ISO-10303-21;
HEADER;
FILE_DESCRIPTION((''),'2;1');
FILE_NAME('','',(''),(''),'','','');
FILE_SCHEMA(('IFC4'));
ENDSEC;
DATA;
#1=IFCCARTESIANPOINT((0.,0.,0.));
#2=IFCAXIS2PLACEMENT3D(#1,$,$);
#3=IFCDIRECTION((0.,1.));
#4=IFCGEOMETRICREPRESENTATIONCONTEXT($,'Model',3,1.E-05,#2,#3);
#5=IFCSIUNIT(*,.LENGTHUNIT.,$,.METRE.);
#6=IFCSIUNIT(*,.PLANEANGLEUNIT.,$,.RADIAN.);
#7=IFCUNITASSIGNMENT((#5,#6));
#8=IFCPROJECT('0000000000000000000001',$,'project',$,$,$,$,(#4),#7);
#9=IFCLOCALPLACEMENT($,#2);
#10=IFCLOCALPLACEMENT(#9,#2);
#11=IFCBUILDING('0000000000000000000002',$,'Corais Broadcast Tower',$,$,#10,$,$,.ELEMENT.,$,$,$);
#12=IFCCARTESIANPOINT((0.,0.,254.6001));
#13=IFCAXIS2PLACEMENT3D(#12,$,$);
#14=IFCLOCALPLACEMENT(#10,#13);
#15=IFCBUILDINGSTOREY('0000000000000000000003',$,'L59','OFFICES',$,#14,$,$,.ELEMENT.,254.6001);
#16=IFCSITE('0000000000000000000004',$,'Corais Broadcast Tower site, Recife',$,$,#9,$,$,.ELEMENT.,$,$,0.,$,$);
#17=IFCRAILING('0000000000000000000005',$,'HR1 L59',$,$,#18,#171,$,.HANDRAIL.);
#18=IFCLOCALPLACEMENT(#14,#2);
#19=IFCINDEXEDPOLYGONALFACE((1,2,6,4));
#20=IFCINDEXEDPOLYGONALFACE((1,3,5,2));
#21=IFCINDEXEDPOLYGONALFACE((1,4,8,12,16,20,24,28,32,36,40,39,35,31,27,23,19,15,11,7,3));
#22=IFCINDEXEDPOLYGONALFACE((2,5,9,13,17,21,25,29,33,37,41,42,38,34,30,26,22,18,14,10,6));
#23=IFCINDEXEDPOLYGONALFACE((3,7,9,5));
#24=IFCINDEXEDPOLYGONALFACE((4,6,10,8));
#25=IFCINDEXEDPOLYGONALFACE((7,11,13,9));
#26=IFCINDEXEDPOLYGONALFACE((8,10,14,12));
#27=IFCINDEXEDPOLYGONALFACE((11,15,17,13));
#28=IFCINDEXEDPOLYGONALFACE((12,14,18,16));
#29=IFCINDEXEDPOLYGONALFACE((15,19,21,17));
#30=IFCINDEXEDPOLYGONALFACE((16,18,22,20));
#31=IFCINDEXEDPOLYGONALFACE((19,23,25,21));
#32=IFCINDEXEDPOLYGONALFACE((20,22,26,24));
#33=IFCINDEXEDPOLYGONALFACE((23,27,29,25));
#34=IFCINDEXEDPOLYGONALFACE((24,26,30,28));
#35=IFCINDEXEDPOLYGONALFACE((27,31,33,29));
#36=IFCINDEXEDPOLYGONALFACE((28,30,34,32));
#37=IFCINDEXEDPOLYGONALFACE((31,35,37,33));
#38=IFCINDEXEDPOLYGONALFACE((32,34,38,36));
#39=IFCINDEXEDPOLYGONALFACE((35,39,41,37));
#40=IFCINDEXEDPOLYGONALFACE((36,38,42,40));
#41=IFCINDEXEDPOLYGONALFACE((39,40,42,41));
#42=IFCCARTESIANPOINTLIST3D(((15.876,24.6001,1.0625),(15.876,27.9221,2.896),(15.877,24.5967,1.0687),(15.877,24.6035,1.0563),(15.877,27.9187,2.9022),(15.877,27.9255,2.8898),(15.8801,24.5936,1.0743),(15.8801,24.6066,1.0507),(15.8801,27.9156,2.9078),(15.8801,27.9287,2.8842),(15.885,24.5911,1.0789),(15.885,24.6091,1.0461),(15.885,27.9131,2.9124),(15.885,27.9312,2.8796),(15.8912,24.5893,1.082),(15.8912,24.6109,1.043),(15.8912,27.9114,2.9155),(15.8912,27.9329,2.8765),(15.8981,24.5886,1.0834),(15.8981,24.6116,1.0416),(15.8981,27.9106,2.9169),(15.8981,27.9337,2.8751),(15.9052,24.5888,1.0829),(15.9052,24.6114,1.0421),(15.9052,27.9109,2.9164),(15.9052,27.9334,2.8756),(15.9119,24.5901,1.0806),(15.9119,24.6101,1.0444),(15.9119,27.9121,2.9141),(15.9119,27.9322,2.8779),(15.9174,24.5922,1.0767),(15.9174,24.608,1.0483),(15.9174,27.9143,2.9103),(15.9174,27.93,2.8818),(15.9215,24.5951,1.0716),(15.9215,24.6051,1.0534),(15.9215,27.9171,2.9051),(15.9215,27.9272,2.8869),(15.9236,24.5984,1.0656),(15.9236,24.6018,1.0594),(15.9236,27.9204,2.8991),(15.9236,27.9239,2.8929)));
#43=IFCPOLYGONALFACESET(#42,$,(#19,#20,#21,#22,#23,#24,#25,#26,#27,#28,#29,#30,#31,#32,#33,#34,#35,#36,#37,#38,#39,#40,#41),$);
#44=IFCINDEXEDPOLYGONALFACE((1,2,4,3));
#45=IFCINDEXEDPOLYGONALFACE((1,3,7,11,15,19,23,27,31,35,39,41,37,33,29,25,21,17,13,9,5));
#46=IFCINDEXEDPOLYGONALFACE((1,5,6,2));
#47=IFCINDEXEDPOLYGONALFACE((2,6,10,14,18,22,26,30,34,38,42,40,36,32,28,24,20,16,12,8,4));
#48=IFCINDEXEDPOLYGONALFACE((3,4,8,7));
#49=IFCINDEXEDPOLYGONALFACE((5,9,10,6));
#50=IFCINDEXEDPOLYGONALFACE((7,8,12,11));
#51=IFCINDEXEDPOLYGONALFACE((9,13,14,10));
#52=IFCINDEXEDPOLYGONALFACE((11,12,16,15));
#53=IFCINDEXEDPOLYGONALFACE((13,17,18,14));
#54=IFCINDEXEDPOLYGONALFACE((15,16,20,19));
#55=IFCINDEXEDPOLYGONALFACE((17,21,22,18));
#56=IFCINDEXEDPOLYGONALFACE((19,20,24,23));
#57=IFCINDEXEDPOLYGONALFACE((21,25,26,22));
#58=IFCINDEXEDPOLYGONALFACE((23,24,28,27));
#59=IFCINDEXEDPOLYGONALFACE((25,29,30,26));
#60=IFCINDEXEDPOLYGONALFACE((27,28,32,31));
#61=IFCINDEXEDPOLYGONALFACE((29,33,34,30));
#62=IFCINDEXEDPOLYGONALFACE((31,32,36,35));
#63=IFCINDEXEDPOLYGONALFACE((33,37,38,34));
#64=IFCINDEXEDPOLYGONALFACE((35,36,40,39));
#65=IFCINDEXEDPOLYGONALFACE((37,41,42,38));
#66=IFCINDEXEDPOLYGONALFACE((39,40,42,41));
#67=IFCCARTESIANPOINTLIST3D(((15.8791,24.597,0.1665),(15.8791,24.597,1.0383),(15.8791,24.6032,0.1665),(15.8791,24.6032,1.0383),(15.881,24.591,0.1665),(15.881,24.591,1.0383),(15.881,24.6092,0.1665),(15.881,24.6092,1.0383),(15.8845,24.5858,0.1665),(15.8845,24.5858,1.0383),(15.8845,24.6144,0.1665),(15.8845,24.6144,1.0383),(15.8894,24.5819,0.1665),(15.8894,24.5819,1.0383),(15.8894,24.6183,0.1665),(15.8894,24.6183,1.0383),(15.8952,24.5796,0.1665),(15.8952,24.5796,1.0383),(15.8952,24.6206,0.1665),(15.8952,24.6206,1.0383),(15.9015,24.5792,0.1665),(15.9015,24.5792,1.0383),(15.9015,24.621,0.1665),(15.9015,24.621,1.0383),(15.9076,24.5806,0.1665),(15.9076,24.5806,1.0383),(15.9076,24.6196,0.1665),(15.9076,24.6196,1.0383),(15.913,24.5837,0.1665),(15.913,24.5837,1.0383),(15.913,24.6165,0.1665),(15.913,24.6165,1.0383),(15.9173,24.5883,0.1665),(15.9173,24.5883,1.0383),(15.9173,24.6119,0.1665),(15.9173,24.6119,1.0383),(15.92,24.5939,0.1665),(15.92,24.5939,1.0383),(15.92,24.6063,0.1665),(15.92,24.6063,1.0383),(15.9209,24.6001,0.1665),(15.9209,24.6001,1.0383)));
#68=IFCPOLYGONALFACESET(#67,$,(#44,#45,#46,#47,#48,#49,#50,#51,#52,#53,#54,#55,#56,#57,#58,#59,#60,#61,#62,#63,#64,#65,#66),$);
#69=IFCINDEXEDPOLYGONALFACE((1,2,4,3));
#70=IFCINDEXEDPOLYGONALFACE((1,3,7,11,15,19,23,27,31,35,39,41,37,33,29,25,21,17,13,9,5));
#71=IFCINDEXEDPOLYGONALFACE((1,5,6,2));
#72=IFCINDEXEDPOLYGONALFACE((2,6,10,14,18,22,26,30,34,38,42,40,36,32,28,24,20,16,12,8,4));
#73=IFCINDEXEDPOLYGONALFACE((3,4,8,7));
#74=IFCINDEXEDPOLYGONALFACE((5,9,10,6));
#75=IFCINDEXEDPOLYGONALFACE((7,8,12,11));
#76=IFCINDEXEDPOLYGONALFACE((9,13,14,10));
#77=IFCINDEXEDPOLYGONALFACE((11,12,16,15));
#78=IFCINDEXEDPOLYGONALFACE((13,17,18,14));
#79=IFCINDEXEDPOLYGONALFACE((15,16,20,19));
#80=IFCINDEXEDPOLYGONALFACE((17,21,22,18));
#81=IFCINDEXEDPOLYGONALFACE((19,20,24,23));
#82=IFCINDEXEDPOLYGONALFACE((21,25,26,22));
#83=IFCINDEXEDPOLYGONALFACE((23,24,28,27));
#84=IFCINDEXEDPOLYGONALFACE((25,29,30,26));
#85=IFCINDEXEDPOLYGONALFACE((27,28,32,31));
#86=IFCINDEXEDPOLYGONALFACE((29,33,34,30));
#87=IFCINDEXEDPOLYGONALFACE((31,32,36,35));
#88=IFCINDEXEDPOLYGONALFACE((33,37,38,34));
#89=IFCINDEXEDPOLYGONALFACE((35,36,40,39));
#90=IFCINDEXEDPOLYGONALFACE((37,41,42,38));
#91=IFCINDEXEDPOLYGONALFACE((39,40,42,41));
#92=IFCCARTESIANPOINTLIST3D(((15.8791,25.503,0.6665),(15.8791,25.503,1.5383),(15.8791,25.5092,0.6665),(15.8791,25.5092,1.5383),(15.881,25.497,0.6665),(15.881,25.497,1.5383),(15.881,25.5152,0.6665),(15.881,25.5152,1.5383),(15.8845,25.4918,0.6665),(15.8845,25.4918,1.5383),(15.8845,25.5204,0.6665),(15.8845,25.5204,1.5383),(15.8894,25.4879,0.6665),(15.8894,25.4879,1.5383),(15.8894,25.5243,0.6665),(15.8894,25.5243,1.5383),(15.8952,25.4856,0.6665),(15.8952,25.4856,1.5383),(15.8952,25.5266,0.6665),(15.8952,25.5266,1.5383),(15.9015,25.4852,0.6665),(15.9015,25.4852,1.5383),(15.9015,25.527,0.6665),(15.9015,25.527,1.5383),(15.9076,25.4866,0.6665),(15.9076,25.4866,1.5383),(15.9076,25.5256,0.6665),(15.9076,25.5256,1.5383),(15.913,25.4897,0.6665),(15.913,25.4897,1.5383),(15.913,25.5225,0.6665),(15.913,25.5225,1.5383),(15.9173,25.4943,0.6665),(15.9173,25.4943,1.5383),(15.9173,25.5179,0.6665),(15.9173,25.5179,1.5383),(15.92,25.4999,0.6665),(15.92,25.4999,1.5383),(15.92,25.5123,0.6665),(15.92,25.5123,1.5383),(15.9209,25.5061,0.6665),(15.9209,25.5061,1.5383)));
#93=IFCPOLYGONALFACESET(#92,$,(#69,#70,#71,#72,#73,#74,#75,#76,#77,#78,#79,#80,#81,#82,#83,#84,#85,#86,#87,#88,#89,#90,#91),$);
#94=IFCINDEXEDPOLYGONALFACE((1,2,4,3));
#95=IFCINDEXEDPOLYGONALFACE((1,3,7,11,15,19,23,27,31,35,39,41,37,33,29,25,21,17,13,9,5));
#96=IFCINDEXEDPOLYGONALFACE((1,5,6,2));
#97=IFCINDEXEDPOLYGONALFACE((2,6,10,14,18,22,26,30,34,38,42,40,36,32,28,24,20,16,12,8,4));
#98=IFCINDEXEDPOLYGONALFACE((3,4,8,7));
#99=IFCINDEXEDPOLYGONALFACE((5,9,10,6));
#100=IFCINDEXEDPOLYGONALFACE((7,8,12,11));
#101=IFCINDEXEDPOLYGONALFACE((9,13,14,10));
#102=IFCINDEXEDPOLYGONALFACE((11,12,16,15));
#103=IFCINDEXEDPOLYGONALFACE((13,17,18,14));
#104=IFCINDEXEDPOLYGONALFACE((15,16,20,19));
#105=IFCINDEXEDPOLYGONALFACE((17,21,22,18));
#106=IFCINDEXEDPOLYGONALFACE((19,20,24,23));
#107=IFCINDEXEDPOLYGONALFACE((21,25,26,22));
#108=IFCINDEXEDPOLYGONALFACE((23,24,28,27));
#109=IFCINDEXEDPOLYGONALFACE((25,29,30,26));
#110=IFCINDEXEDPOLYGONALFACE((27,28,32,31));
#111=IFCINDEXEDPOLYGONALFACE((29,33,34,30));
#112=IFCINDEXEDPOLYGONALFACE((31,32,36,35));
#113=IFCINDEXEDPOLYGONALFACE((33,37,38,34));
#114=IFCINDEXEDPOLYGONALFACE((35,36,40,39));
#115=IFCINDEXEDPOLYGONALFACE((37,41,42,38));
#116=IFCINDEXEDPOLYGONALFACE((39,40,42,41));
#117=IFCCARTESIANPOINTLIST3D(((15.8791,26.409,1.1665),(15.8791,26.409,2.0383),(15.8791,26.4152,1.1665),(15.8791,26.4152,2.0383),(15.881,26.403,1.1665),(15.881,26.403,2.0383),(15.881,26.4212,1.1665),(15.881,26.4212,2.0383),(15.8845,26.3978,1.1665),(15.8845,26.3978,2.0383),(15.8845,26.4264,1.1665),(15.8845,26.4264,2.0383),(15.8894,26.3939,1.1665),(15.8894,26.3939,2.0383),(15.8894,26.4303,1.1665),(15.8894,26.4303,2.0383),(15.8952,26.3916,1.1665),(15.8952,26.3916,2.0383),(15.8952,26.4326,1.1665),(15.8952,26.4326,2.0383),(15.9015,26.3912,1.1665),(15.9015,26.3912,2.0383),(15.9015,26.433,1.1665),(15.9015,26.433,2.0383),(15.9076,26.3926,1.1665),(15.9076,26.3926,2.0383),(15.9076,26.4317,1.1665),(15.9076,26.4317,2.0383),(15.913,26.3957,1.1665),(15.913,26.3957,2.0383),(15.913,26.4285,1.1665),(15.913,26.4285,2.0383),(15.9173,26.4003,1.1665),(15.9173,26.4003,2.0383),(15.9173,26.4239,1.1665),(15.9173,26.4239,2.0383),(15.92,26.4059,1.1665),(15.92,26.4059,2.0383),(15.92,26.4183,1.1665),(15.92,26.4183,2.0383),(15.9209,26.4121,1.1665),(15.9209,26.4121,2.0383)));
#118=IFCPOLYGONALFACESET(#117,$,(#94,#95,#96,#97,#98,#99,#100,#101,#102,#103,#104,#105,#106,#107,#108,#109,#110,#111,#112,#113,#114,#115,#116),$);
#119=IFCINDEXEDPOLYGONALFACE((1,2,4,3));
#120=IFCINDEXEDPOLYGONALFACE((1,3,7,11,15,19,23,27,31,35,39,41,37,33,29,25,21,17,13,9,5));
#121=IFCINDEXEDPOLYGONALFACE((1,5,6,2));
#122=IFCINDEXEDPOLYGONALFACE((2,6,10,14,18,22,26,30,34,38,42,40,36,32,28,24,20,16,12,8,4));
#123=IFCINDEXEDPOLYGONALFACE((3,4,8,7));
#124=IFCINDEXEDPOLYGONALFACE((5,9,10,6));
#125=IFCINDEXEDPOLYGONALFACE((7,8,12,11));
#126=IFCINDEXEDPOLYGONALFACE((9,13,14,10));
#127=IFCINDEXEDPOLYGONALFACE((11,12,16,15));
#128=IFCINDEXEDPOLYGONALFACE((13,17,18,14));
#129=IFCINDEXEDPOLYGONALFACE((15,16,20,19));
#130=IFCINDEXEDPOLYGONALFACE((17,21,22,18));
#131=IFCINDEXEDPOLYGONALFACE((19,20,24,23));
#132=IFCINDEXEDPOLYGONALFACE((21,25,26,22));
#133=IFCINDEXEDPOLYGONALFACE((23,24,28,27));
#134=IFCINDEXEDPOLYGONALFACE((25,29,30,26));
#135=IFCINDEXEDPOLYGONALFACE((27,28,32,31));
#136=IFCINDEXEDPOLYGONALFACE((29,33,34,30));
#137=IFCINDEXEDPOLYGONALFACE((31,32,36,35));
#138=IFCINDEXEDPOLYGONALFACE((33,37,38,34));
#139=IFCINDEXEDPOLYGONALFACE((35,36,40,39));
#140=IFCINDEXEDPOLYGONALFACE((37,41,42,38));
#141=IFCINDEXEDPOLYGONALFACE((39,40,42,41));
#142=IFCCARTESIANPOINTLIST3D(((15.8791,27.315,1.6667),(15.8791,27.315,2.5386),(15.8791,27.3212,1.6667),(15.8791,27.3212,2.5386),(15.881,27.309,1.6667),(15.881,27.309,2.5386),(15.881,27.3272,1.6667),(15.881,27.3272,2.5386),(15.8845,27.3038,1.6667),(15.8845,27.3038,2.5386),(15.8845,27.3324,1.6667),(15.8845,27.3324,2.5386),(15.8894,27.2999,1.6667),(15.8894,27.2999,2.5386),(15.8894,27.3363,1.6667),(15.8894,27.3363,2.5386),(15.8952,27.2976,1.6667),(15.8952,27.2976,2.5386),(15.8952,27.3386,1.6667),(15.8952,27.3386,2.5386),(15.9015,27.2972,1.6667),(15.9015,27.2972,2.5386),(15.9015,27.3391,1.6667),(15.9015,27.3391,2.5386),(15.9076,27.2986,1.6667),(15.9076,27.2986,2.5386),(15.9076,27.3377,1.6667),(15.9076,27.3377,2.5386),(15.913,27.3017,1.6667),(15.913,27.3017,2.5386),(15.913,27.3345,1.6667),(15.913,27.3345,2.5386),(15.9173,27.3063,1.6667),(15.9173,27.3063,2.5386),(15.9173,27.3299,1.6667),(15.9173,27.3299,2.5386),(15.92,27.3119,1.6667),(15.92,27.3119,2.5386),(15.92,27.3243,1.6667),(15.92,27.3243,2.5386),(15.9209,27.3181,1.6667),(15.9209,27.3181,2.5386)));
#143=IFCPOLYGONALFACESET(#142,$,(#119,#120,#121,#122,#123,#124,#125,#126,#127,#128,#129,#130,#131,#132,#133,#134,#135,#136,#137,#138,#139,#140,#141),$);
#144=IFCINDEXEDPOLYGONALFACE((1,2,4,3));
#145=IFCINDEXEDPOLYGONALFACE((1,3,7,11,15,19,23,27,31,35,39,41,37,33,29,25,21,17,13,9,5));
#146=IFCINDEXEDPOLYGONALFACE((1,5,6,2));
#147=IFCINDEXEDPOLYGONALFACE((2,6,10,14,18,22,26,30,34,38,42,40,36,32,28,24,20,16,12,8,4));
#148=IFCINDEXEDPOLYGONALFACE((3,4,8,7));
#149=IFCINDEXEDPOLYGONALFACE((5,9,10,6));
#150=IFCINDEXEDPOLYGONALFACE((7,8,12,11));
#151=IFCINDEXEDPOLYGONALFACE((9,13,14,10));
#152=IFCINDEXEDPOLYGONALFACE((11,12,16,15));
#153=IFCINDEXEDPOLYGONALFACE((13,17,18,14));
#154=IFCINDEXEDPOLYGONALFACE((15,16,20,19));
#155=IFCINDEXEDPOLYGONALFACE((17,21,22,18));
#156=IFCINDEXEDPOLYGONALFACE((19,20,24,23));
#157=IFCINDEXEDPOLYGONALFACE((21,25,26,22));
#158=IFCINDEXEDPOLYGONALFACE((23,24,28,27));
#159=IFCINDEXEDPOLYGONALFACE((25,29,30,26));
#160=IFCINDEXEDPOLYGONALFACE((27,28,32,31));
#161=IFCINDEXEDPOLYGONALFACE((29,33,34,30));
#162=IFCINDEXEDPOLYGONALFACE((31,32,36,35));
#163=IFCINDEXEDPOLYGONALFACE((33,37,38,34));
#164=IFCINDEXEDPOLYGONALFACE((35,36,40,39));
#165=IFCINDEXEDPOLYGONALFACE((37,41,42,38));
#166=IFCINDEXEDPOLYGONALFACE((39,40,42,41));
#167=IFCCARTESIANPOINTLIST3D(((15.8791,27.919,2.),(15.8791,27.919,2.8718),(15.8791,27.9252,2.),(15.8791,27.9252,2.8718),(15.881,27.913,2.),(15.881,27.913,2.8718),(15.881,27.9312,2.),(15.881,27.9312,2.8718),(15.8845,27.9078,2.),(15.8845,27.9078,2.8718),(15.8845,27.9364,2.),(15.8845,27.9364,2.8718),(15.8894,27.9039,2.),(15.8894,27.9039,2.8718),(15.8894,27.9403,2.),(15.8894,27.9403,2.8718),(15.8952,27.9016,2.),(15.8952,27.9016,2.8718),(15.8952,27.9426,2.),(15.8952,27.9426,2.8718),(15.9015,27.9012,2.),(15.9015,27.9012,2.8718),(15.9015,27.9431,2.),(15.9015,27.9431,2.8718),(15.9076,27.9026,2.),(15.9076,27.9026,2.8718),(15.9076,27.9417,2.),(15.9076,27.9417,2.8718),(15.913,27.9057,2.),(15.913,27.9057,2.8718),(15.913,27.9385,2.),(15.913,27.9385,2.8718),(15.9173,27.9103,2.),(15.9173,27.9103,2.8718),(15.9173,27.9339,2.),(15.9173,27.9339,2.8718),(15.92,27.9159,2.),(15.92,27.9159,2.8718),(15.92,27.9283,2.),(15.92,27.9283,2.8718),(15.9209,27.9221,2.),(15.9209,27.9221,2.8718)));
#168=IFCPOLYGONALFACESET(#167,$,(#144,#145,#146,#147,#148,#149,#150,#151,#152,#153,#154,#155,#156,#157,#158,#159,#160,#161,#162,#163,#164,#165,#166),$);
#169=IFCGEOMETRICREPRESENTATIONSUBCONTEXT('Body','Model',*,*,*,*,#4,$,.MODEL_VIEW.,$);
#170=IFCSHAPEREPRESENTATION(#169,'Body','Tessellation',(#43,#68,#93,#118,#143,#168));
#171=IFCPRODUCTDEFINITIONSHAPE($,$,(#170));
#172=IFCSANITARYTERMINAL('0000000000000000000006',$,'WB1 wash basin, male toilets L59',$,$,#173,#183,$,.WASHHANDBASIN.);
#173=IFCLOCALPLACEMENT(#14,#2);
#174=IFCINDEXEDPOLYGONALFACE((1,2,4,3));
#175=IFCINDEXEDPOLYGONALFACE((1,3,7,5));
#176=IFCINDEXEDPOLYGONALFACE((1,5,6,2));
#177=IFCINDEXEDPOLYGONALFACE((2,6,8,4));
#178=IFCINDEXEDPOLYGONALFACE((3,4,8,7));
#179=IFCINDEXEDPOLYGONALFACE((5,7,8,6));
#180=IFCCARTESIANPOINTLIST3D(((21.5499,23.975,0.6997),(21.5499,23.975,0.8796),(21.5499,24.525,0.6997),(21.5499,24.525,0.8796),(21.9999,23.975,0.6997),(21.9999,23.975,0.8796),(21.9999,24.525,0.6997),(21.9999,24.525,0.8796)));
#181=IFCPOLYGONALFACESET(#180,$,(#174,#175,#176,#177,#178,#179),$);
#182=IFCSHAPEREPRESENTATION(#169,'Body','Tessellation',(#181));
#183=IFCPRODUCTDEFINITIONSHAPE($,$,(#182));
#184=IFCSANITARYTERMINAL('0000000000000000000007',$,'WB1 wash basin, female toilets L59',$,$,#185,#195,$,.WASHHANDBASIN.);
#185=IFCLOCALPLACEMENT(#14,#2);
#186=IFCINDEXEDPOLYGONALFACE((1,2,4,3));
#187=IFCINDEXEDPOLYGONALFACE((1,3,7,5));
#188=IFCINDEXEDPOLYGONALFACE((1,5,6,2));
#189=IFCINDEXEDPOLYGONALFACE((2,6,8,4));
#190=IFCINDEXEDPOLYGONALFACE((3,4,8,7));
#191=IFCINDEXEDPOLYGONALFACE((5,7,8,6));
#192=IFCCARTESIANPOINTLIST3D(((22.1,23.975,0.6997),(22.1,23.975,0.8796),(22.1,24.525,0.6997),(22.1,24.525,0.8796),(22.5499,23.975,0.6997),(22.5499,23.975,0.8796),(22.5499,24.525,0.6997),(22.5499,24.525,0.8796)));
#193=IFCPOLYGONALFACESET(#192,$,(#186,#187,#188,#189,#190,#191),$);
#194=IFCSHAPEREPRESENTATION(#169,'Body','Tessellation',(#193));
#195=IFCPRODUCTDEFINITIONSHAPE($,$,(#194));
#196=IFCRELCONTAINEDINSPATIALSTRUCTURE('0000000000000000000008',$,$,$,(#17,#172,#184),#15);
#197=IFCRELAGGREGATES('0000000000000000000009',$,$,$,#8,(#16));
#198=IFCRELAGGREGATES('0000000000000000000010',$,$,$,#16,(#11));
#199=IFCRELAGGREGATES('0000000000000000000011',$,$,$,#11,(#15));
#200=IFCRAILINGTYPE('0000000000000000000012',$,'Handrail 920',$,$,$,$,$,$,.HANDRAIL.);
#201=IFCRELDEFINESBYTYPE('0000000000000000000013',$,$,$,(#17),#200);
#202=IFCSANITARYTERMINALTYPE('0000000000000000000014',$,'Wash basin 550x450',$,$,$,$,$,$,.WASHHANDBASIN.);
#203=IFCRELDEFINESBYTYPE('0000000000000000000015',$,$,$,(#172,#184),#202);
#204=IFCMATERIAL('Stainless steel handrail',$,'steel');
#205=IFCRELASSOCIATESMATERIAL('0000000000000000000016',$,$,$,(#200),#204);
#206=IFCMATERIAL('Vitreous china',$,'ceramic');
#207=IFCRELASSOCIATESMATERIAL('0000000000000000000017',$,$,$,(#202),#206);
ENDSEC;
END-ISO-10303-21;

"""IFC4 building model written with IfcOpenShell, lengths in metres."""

from ifc_helpers import new_model, si_unit, direction, frame, origin, origin_2d, place, context, subcontext, project, spatial, rectangle, circle, extrude, material, type_object, element, save


model = new_model("IFC4")

# Units and contexts
model_context = context("Model", 3, precision=1e-05, world=origin(), true_north=direction((0.0, 1.0)))
body_context = subcontext(model_context, "Body", "Model", "MODEL_VIEW")
ifc_project = project(units=[si_unit("LENGTHUNIT", "METRE"), si_unit("PLANEANGLEUNIT", "RADIAN")], contexts=[model_context])

# Site, building, storey
site_placement = place(None, origin())
site = spatial("IfcSite", under=ifc_project, at=site_placement, Name="Corais Broadcast Tower site, Recife", CompositionType="ELEMENT", RefElevation=0.0)
building_placement = place(site_placement, origin())
building = spatial("IfcBuilding", under=site, at=building_placement, Name="Corais Broadcast Tower", CompositionType="ELEMENT")
storey_placement = place(building_placement, frame((0.0, 0.0, 254.6001)))
storey = spatial("IfcBuildingStorey", under=building, at=storey_placement, Name="L59", Description="OFFICES", CompositionType="ELEMENT", Elevation=254.6001)

# Railing
ifc_material_1 = material(Name="Stainless steel handrail", Category="steel")
railing_type = type_object("IfcRailingType", Name="Handrail 920", PredefinedType="HANDRAIL", material=ifc_material_1)
for number, where, name in (
    (1, (15.8999, 24.6001, 0.1665), "HR1 L59"),
):
    element("IfcRailing", number, at=place(storey_placement, frame(where)), inside=storey, type_object=railing_type, Name=name, PredefinedType="HANDRAIL", context=body_context, shape_type="SweptSolid", body=[
        extrude(circle(Radius=0.0239, at=origin_2d()), frame((0.0, 0.0, 0.896), z_axis=(0.0, 0.875504, 0.48321), x_axis=(-1.0, 0.0, 0.0)), (0.0, 0.0, 1.0), 3.7944),
        extrude(circle(Radius=0.021, at=origin_2d()), origin(), (0.0, 0.0, 1.0), 0.8718),
        extrude(circle(Radius=0.021, at=origin_2d()), frame((0.0, 0.906, 0.5)), (0.0, 0.0, 1.0), 0.8718),
        extrude(circle(Radius=0.021, at=origin_2d()), frame((0.0, 1.812, 1.0)), (0.0, 0.0, 1.0), 0.8718),
        extrude(circle(Radius=0.021, at=origin_2d()), frame((0.0, 2.718, 1.5002)), (0.0, 0.0, 1.0), 0.8718),
        extrude(circle(Radius=0.021, at=origin_2d()), frame((0.0, 3.322, 1.8335)), (0.0, 0.0, 1.0), 0.8718),
    ])

# Sanitary terminals
ifc_material_2 = material(Name="Vitreous china", Category="ceramic")
sanitary_terminal_type = type_object("IfcSanitaryTerminalType", Name="Wash basin 550x450", PredefinedType="WASHHANDBASIN", material=ifc_material_2)
for number, where, z_axis, x_axis, name in (
    (2, (21.7749, 24.25, 0.6997), (0.0, 0.0, 1.0), (1.0, 0.0, 0.0), "WB1 wash basin, male toilets L59"),
    (3, (22.325, 24.25, 0.6997), (0.0, 0.0, 1.0), (1.0, 0.0, 0.0), "WB1 wash basin, female toilets L59"),
):
    element("IfcSanitaryTerminal", number, at=place(storey_placement, frame(where, z_axis=z_axis, x_axis=x_axis)), inside=storey, type_object=sanitary_terminal_type, Name=name, PredefinedType="WASHHANDBASIN", context=body_context, shape_type="SweptSolid", body=[
        extrude(rectangle(XDim=0.45, YDim=0.55, at=origin_2d()), origin(), (0.0, 0.0, 1.0), 0.1799),
    ])

save(model, "model.ifc")
